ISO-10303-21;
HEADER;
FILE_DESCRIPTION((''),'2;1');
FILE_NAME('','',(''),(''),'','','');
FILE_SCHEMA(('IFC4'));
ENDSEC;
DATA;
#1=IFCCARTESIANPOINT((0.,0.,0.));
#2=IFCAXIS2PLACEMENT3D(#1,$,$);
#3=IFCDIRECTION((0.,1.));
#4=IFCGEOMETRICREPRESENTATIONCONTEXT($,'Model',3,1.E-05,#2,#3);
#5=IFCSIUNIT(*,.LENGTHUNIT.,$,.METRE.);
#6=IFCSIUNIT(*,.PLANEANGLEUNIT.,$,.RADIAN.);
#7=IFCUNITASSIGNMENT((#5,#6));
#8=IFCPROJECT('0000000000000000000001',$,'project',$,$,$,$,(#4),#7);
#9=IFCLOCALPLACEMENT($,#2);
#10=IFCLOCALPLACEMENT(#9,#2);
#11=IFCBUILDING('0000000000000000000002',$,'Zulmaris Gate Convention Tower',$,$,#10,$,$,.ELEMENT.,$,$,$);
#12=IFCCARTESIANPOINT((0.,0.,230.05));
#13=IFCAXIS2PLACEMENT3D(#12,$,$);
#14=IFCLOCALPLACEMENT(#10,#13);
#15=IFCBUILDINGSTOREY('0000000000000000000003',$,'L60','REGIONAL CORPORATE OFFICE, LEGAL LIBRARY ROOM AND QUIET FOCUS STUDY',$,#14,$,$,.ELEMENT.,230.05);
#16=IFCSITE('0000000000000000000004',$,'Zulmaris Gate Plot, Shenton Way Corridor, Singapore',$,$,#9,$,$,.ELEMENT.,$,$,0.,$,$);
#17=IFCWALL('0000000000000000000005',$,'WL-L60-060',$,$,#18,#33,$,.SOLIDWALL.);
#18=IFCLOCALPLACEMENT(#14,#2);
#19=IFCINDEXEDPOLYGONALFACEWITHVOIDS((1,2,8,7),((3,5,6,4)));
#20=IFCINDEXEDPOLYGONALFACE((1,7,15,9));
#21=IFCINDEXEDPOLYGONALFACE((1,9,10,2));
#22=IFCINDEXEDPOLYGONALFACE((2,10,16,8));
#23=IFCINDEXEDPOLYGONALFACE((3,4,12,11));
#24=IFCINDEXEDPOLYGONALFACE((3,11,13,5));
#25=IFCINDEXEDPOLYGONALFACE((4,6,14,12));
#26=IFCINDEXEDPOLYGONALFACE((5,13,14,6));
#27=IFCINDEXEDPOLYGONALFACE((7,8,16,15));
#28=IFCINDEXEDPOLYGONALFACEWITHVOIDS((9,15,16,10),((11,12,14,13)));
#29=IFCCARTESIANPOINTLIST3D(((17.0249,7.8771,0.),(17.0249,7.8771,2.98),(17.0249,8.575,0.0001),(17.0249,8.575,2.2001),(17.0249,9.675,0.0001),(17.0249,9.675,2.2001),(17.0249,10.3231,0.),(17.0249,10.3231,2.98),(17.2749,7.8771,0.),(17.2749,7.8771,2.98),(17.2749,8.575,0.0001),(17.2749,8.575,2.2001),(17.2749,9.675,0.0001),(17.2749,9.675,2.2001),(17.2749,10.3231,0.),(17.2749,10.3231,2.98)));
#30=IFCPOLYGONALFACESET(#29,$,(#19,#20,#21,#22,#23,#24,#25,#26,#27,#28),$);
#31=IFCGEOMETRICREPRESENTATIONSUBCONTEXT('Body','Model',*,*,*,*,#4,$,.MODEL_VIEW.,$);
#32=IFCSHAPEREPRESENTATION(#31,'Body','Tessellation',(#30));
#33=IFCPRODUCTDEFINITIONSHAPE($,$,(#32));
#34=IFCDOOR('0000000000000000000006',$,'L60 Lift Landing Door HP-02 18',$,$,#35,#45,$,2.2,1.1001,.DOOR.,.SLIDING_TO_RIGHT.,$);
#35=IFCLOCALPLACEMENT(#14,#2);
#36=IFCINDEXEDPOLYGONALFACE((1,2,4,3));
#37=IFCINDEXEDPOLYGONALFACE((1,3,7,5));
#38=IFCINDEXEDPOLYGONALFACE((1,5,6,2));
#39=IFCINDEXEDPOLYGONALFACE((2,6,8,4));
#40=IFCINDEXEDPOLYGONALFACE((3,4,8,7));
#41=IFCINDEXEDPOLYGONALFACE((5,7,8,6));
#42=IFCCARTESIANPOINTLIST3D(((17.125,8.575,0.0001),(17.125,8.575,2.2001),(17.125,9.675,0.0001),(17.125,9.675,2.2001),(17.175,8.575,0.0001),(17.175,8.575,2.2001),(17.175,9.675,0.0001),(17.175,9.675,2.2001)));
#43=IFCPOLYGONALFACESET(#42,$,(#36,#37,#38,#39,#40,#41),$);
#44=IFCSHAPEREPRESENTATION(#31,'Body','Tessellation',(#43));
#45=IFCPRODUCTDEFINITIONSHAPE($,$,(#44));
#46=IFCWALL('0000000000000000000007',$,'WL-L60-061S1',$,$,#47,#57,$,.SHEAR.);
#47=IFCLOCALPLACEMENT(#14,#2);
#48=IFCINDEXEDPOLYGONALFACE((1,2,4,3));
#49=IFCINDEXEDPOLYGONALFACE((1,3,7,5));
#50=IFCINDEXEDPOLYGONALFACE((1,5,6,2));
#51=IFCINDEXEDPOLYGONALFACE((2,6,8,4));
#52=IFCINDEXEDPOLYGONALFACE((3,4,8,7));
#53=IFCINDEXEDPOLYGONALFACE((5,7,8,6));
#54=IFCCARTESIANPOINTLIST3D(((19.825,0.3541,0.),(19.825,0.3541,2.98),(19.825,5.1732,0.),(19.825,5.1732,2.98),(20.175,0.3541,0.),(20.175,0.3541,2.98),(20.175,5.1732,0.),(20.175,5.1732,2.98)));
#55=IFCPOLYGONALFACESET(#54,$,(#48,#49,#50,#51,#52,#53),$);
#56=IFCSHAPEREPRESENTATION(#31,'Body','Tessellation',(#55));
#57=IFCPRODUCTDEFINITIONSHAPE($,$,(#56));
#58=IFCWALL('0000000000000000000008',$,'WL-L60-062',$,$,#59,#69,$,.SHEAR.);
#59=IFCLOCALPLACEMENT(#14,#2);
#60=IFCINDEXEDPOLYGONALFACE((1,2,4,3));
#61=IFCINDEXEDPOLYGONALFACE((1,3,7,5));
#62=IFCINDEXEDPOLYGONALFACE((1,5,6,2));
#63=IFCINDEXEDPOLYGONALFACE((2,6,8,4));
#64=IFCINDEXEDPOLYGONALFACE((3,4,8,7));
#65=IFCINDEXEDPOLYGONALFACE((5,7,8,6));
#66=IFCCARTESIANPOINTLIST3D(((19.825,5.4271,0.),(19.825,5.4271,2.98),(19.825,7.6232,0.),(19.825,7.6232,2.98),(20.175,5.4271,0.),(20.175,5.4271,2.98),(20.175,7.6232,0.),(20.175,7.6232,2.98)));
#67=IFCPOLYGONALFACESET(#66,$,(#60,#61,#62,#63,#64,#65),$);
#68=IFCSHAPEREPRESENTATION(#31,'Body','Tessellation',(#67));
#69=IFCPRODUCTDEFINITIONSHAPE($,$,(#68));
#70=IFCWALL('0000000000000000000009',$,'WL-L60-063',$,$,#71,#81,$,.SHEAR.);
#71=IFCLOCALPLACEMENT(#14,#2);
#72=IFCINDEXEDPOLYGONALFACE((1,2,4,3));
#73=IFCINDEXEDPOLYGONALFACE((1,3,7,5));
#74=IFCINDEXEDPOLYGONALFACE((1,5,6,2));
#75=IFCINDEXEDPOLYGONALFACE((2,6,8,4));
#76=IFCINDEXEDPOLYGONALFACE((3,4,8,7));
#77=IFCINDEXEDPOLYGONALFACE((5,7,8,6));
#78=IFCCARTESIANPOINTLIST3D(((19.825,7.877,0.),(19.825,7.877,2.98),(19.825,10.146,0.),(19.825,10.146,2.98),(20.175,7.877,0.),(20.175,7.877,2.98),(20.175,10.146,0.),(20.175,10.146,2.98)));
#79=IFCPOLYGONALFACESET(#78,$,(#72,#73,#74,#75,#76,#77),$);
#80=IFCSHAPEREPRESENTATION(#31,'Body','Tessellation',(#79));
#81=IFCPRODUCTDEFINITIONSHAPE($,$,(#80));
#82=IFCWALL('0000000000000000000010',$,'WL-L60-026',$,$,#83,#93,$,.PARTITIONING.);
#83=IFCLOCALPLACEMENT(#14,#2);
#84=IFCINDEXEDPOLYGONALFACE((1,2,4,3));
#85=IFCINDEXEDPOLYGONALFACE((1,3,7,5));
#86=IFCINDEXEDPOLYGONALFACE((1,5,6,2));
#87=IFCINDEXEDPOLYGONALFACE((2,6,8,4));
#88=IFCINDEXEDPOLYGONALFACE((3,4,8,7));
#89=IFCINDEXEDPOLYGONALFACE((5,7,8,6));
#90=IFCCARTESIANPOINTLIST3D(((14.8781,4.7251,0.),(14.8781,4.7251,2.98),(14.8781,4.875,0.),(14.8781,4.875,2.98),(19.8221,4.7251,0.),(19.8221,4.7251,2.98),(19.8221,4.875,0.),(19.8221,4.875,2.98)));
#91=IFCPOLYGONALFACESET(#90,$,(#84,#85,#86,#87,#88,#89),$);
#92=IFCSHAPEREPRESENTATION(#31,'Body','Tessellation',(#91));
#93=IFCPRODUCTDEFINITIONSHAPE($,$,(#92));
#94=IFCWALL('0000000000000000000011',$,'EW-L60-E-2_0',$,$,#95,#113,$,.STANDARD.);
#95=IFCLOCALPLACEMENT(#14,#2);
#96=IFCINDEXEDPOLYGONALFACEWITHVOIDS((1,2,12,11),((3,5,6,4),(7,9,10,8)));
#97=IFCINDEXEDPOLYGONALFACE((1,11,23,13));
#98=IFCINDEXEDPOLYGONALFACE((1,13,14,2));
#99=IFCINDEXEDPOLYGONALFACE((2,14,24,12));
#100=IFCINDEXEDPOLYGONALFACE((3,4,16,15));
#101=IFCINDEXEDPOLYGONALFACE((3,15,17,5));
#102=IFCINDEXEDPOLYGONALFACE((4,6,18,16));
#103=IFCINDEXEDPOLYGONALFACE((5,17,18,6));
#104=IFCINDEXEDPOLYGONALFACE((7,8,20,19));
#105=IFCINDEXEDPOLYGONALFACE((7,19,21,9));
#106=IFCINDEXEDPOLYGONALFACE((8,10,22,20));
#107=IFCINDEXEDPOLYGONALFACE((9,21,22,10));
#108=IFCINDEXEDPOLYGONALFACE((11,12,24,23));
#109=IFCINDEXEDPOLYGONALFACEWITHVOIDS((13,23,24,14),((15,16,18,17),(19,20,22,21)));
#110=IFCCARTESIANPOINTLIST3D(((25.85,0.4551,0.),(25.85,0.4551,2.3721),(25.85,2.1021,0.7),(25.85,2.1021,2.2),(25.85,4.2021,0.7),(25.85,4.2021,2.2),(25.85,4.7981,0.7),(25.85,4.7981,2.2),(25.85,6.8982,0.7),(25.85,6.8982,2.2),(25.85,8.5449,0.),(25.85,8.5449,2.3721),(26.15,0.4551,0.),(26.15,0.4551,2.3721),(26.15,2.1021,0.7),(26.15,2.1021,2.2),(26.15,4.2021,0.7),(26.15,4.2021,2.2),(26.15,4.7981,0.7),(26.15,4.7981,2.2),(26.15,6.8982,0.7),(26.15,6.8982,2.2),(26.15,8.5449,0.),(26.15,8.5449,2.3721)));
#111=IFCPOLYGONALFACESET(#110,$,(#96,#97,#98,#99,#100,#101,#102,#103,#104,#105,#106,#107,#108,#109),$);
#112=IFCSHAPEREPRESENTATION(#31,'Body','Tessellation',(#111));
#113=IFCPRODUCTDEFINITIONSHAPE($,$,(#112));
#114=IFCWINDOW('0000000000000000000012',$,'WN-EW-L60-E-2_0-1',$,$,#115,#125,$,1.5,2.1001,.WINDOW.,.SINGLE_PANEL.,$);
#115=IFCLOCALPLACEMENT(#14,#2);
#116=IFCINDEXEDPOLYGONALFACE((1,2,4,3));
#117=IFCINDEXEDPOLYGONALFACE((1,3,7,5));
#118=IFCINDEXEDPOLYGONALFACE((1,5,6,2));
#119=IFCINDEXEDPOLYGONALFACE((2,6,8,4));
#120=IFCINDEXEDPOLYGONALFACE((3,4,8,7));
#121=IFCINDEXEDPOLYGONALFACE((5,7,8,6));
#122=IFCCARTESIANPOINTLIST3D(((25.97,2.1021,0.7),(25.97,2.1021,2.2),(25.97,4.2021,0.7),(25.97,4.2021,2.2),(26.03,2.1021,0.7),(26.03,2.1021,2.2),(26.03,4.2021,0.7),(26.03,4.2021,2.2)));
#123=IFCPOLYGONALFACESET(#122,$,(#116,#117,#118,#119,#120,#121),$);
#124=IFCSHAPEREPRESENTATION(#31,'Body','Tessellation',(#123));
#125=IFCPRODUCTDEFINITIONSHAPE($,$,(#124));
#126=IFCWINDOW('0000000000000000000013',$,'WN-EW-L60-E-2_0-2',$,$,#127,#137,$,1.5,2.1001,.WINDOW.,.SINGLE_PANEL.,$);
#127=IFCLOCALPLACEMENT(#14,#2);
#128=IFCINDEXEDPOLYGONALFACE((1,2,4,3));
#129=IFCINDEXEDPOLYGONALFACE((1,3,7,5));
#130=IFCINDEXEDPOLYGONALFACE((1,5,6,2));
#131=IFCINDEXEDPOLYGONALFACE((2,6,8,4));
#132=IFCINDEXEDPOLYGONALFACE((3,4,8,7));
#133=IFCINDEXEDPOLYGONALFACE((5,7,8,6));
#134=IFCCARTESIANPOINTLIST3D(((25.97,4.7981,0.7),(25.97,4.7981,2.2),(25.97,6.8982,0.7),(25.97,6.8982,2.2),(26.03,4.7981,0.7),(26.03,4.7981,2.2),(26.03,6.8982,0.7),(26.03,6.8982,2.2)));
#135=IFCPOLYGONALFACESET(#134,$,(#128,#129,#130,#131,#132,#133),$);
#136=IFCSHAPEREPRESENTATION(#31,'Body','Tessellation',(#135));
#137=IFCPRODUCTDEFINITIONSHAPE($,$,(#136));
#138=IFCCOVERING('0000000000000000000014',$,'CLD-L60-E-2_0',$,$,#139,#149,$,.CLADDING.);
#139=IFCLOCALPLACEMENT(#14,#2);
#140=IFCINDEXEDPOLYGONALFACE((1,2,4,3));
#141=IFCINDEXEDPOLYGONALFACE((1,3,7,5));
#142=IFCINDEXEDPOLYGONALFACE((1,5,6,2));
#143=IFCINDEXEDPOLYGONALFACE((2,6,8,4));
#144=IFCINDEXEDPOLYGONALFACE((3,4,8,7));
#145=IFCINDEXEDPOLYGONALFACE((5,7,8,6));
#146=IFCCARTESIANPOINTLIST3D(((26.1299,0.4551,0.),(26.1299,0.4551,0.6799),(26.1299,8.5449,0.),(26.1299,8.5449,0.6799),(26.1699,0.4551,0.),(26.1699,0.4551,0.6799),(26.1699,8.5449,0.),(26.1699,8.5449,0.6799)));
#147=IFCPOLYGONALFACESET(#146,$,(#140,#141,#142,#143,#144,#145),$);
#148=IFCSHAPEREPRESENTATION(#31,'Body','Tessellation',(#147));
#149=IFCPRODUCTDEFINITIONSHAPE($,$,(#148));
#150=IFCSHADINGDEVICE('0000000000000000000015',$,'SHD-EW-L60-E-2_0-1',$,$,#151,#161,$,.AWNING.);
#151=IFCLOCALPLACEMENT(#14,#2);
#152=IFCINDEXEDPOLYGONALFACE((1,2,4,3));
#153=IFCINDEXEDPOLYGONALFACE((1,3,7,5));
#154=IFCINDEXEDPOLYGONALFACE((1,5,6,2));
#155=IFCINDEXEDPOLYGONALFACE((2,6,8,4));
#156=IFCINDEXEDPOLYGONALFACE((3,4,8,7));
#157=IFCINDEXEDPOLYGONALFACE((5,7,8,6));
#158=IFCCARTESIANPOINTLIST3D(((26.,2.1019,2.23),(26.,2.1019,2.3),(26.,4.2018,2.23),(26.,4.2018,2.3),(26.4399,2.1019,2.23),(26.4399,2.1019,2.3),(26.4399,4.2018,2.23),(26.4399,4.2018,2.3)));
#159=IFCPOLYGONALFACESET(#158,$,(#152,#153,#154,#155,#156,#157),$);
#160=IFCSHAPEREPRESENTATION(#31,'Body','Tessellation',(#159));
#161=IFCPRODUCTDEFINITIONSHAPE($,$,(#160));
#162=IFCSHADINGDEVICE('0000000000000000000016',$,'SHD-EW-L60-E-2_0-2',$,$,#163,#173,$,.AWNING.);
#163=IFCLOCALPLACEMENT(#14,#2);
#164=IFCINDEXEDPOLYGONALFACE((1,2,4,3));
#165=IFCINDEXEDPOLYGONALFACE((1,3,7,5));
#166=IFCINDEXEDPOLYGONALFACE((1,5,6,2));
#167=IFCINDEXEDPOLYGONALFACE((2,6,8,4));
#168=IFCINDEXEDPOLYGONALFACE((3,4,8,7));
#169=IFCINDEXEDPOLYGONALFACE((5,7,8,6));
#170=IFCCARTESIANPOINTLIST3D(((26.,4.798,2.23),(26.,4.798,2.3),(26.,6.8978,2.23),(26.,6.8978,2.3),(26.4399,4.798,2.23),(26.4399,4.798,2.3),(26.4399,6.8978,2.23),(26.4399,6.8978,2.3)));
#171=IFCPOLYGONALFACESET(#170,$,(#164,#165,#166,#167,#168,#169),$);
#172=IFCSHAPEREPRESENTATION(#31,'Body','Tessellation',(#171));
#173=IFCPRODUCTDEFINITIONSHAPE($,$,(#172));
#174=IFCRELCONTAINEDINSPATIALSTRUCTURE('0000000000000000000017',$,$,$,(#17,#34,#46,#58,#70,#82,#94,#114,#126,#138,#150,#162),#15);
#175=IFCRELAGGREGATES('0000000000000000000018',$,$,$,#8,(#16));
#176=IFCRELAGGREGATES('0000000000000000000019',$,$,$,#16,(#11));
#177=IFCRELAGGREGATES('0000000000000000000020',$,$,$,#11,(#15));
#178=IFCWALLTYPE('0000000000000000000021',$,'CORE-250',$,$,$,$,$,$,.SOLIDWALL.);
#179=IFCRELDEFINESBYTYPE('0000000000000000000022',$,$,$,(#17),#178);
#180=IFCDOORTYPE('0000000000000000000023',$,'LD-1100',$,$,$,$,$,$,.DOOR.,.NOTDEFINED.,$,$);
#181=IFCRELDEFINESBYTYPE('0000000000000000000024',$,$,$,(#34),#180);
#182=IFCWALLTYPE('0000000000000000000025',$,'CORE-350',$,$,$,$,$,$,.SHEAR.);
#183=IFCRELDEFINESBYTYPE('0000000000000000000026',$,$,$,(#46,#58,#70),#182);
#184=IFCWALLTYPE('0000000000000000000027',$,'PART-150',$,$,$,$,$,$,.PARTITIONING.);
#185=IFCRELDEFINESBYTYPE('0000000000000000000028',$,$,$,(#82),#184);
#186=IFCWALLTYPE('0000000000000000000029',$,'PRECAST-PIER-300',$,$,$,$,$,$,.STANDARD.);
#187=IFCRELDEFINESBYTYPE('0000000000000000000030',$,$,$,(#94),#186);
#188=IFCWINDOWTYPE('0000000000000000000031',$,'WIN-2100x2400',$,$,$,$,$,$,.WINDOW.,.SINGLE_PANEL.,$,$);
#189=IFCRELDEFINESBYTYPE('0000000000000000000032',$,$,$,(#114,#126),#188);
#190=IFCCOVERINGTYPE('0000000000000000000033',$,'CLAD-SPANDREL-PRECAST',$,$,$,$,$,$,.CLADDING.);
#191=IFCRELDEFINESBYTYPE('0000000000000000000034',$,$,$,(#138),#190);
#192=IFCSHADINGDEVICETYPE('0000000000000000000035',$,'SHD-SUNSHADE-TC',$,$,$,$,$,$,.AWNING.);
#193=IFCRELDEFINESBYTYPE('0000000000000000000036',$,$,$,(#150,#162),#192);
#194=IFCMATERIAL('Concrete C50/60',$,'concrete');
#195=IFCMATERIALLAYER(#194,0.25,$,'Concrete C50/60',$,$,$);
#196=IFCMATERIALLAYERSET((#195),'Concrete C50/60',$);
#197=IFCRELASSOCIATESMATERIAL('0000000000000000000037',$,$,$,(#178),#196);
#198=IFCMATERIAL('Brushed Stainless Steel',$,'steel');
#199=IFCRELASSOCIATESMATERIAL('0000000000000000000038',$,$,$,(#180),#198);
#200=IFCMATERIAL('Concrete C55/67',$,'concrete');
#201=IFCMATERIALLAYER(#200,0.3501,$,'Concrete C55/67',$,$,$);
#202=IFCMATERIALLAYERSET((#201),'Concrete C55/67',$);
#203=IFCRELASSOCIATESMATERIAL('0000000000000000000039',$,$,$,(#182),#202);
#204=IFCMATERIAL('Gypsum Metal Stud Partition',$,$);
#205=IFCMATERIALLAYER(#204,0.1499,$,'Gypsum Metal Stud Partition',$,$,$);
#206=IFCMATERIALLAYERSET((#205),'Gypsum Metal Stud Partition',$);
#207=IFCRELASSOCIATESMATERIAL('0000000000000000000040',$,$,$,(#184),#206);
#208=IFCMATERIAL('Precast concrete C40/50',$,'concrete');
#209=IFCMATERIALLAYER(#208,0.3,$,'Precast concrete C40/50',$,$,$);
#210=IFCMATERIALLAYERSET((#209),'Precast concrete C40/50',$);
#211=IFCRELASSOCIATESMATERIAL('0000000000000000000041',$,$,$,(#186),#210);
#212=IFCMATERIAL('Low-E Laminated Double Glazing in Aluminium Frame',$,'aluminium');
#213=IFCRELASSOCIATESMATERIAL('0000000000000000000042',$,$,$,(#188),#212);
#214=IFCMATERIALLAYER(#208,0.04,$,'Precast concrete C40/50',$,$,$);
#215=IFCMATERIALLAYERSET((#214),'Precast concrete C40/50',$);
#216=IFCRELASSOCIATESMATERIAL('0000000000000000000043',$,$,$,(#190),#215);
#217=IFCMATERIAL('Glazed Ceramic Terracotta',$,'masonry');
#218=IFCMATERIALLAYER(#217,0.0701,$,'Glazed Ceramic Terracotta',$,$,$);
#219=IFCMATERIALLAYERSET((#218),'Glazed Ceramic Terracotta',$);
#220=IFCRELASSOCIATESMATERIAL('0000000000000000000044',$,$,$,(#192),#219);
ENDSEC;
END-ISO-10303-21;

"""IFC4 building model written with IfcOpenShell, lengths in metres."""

from ifc_helpers import new_model, si_unit, direction, frame, frame_2d, origin, place, context, subcontext, project, spatial, rectangle, extrude, material, layer, layer_set, type_object, element, fill, save


model = new_model("IFC4")

# Units and contexts
model_context = context("Model", 3, precision=1e-05, world=origin(), true_north=direction((0.0, 1.0)))
body_context = subcontext(model_context, "Body", "Model", "MODEL_VIEW")
ifc_project = project(units=[si_unit("LENGTHUNIT", "METRE"), si_unit("PLANEANGLEUNIT", "RADIAN")], contexts=[model_context])

# Site, building, storey
site_placement = place(None, origin())
site = spatial("IfcSite", under=ifc_project, at=site_placement, Name="Zulmaris Gate Plot, Shenton Way Corridor, Singapore", CompositionType="ELEMENT", RefElevation=0.0)
building_placement = place(site_placement, origin())
building = spatial("IfcBuilding", under=site, at=building_placement, Name="Zulmaris Gate Convention Tower", CompositionType="ELEMENT")
storey_placement = place(building_placement, frame((0.0, 0.0, 230.05)))
storey = spatial("IfcBuildingStorey", under=building, at=storey_placement, Name="L60", Description="REGIONAL CORPORATE OFFICE, LEGAL LIBRARY ROOM AND QUIET FOCUS STUDY", CompositionType="ELEMENT", Elevation=230.05)

# Shared definitions
ifc_material_1 = material(Name="Concrete C50/60", Category="concrete")

# Shared definitions
ifc_layer_1 = layer(ifc_material_1, 0.25, Name="Concrete C50/60")
ifc_layer_set_1 = layer_set([ifc_layer_1], Name="Concrete C50/60")
wall_type_1 = type_object("IfcWallType", Name="CORE-250", PredefinedType="SOLIDWALL", material=ifc_layer_set_1)

# Wall, opening, door
ifc_material_2 = material(Name="Brushed Stainless Steel", Category="steel")
door_type = type_object("IfcDoorType", Name="LD-1100", OperationType="NOTDEFINED", PredefinedType="DOOR", material=ifc_material_2)
wall_1_placement = place(storey_placement, frame((17.1499, 7.877, 0.0), z_axis=(0.0, 0.0, 1.0), x_axis=(0.0, 1.0, 0.0)))
wall_1 = element("IfcWall", 1, at=wall_1_placement, inside=storey, type_object=wall_type_1, Name="WL-L60-060", PredefinedType="SOLIDWALL", context=body_context, shape_type="SweptSolid", body=[
    extrude(rectangle(XDim=2.446, YDim=0.25, at=frame_2d((1.2231, 0.0))), origin(), (0.0, 0.0, 1.0), 2.98),
])
opening_1_placement = place(wall_1_placement, frame((0.698, 0.0, 0.0)))
opening_1 = element("IfcOpeningElement", 2, at=opening_1_placement, cuts=wall_1, PredefinedType="OPENING", context=body_context, shape_type="SweptSolid", body=[
    extrude(rectangle(XDim=1.1001, YDim=2.2, at=frame_2d((0.55, 1.1001))), frame((0.0, 0.135, 0.0), z_axis=(0.0, -1.0, 0.0), x_axis=(1.0, 0.0, 0.0)), (0.0, 0.0, 1.0), 0.27),
])
door_1_placement = place(opening_1_placement, origin())
door_1 = element("IfcDoor", 3, at=door_1_placement, inside=storey, type_object=door_type, Name="L60 Lift Landing Door HP-02 18", OperationType="SLIDING_TO_RIGHT", OverallHeight=2.2, OverallWidth=1.1001, PredefinedType="DOOR", context=body_context, shape_type="SweptSolid", body=[
    extrude(rectangle(XDim=1.1001, YDim=2.2, at=frame_2d((0.55, 1.1001))), frame((0.0, 0.0249, 0.0), z_axis=(0.0, -1.0, 0.0), x_axis=(1.0, 0.0, 0.0)), (0.0, 0.0, 1.0), 0.05),
])
fill(opening_1, door_1)

# Walls
ifc_material_3 = material(Name="Concrete C55/67", Category="concrete")
ifc_layer_2 = layer(ifc_material_3, 0.3501, Name="Concrete C55/67")
ifc_layer_set_2 = layer_set([ifc_layer_2], Name="Concrete C55/67")
wall_type_2 = type_object("IfcWallType", Name="CORE-350", PredefinedType="SHEAR", material=ifc_layer_set_2)
wall_2_placement = place(storey_placement, frame((20.0, 0.354, 0.0), z_axis=(0.0, 0.0, 1.0), x_axis=(0.0, 1.0, 0.0)))
element("IfcWall", 4, at=wall_2_placement, inside=storey, type_object=wall_type_2, Name="WL-L60-061S1", PredefinedType="SHEAR", context=body_context, shape_type="SweptSolid", body=[
    extrude(rectangle(XDim=4.8191, YDim=0.3501, at=frame_2d((2.4097, 0.0))), origin(), (0.0, 0.0, 1.0), 2.98),
])
wall_3_placement = place(storey_placement, frame((20.0, 5.427, 0.0), z_axis=(0.0, 0.0, 1.0), x_axis=(0.0, 1.0, 0.0)))
element("IfcWall", 5, at=wall_3_placement, inside=storey, type_object=wall_type_2, Name="WL-L60-062", PredefinedType="SHEAR", context=body_context, shape_type="SweptSolid", body=[
    extrude(rectangle(XDim=2.196, YDim=0.3501, at=frame_2d((1.0981, 0.0))), origin(), (0.0, 0.0, 1.0), 2.98),
])
wall_4_placement = place(storey_placement, frame((20.0, 7.877, 0.0), z_axis=(0.0, 0.0, 1.0), x_axis=(0.0, 1.0, 0.0)))
element("IfcWall", 6, at=wall_4_placement, inside=storey, type_object=wall_type_2, Name="WL-L60-063", PredefinedType="SHEAR", context=body_context, shape_type="SweptSolid", body=[
    extrude(rectangle(XDim=2.269, YDim=0.3501, at=frame_2d((1.1345, 0.0))), origin(), (0.0, 0.0, 1.0), 2.98),
])
ifc_material_4 = material(Name="Gypsum Metal Stud Partition")
ifc_layer_3 = layer(ifc_material_4, 0.1499, Name="Gypsum Metal Stud Partition")
ifc_layer_set_3 = layer_set([ifc_layer_3], Name="Gypsum Metal Stud Partition")
wall_type_3 = type_object("IfcWallType", Name="PART-150", PredefinedType="PARTITIONING", material=ifc_layer_set_3)
wall_5_placement = place(storey_placement, frame((14.8779, 4.8, 0.0), z_axis=(0.0, 0.0, 1.0), x_axis=(1.0, 0.0, 0.0)))
element("IfcWall", 7, at=wall_5_placement, inside=storey, type_object=wall_type_3, Name="WL-L60-026", PredefinedType="PARTITIONING", context=body_context, shape_type="SweptSolid", body=[
    extrude(rectangle(XDim=4.9441, YDim=0.1499, at=frame_2d((2.4722, 0.0))), origin(), (0.0, 0.0, 1.0), 2.98),
])

# Wall, openings, windows
ifc_material_5 = material(Name="Precast concrete C40/50", Category="concrete")
ifc_layer_4 = layer(ifc_material_5, 0.3, Name="Precast concrete C40/50")
ifc_layer_set_4 = layer_set([ifc_layer_4], Name="Precast concrete C40/50")
wall_type_4 = type_object("IfcWallType", Name="PRECAST-PIER-300", PredefinedType="STANDARD", material=ifc_layer_set_4)
wall_6_placement = place(storey_placement, frame((26.0, 0.4551, 0.0), z_axis=(0.0, 0.0, 1.0), x_axis=(0.0, 1.0, 0.0)))
wall_6 = element("IfcWall", 8, at=wall_6_placement, inside=storey, type_object=wall_type_4, Name="EW-L60-E-2_0", PredefinedType="STANDARD", context=body_context, shape_type="SweptSolid", body=[
    extrude(rectangle(XDim=8.0898, YDim=0.3, at=frame_2d((4.0449, 0.0))), origin(), (0.0, 0.0, 1.0), 2.3721),
])
opening_2_placement = place(wall_6_placement, frame((1.647, 0.0, 0.7)))
opening_2 = element("IfcOpeningElement", 9, at=opening_2_placement, cuts=wall_6, PredefinedType="OPENING", context=body_context, shape_type="SweptSolid", body=[
    extrude(rectangle(XDim=2.1001, YDim=1.5, at=frame_2d((1.05, 0.75))), frame((0.0, 0.1602, 0.0), z_axis=(0.0, -1.0, 0.0), x_axis=(1.0, 0.0, 0.0)), (0.0, 0.0, 1.0), 0.3201),
])
opening_3_placement = place(wall_6_placement, frame((4.343, 0.0, 0.7)))
opening_3 = element("IfcOpeningElement", 10, at=opening_3_placement, cuts=wall_6, PredefinedType="OPENING", context=body_context, shape_type="SweptSolid", body=[
    extrude(rectangle(XDim=2.1001, YDim=1.5, at=frame_2d((1.05, 0.75))), frame((0.0, 0.1602, 0.0), z_axis=(0.0, -1.0, 0.0), x_axis=(1.0, 0.0, 0.0)), (0.0, 0.0, 1.0), 0.3201),
])
ifc_material_6 = material(Name="Low-E Laminated Double Glazing in Aluminium Frame", Category="aluminium")
window_type = type_object("IfcWindowType", Name="WIN-2100x2400", PartitioningType="SINGLE_PANEL", PredefinedType="WINDOW", material=ifc_material_6)
window_1_placement = place(opening_2_placement, origin())
window_1 = element("IfcWindow", 11, at=window_1_placement, inside=storey, type_object=window_type, Name="WN-EW-L60-E-2_0-1", OverallHeight=1.5, OverallWidth=2.1001, PartitioningType="SINGLE_PANEL", PredefinedType="WINDOW", context=body_context, shape_type="SweptSolid", body=[
    extrude(rectangle(XDim=2.1001, YDim=1.5, at=frame_2d((1.05, 0.75))), frame((0.0, 0.03, 0.0), z_axis=(0.0, -1.0, 0.0), x_axis=(1.0, 0.0, 0.0)), (0.0, 0.0, 1.0), 0.0601),
])
fill(opening_2, window_1)
window_2_placement = place(opening_3_placement, origin())
window_2 = element("IfcWindow", 12, at=window_2_placement, inside=storey, type_object=window_type, Name="WN-EW-L60-E-2_0-2", OverallHeight=1.5, OverallWidth=2.1001, PartitioningType="SINGLE_PANEL", PredefinedType="WINDOW", context=body_context, shape_type="SweptSolid", body=[
    extrude(rectangle(XDim=2.1001, YDim=1.5, at=frame_2d((1.05, 0.75))), frame((0.0, 0.03, 0.0), z_axis=(0.0, -1.0, 0.0), x_axis=(1.0, 0.0, 0.0)), (0.0, 0.0, 1.0), 0.0601),
])
fill(opening_3, window_2)

# Covering
ifc_layer_5 = layer(ifc_material_5, 0.04, Name="Precast concrete C40/50")
ifc_layer_set_5 = layer_set([ifc_layer_5], Name="Precast concrete C40/50")
covering_type = type_object("IfcCoveringType", Name="CLAD-SPANDREL-PRECAST", PredefinedType="CLADDING", material=ifc_layer_set_5)
covering_placement = place(storey_placement, frame((26.1499, 0.4551, 0.0), z_axis=(0.0, 0.0, 1.0), x_axis=(0.0, 1.0, 0.0)))
element("IfcCovering", 13, at=covering_placement, inside=storey, type_object=covering_type, Name="CLD-L60-E-2_0", PredefinedType="CLADDING", context=body_context, shape_type="SweptSolid", body=[
    extrude(rectangle(XDim=8.0898, YDim=0.04, at=frame_2d((4.0449, 0.0))), origin(), (0.0, 0.0, 1.0), 0.6799),
])

# Shading devices
ifc_material_7 = material(Name="Glazed Ceramic Terracotta", Category="masonry")
ifc_layer_6 = layer(ifc_material_7, 0.0701, Name="Glazed Ceramic Terracotta")
ifc_layer_set_6 = layer_set([ifc_layer_6], Name="Glazed Ceramic Terracotta")
shading_device_type = type_object("IfcShadingDeviceType", Name="SHD-SUNSHADE-TC", PredefinedType="AWNING", material=ifc_layer_set_6)
for number, where, z_axis, x_axis, name in (
    (14, (26.22, 2.1021, 2.23), (0.0, 0.0, 1.0), (0.0, 1.0, 0.0), "SHD-EW-L60-E-2_0-1"),
    (15, (26.22, 4.7981, 2.23), (0.0, 0.0, 1.0), (0.0, 1.0, 0.0), "SHD-EW-L60-E-2_0-2"),
):
    element("IfcShadingDevice", number, at=place(storey_placement, frame(where, z_axis=z_axis, x_axis=x_axis)), inside=storey, type_object=shading_device_type, Name=name, PredefinedType="AWNING", context=body_context, shape_type="SweptSolid", body=[
        extrude(rectangle(XDim=2.0999, YDim=0.4399, at=frame_2d((1.0498, 0.0))), origin(), (0.0, 0.0, 1.0), 0.0701),
    ])

save(model, "model.ifc")
